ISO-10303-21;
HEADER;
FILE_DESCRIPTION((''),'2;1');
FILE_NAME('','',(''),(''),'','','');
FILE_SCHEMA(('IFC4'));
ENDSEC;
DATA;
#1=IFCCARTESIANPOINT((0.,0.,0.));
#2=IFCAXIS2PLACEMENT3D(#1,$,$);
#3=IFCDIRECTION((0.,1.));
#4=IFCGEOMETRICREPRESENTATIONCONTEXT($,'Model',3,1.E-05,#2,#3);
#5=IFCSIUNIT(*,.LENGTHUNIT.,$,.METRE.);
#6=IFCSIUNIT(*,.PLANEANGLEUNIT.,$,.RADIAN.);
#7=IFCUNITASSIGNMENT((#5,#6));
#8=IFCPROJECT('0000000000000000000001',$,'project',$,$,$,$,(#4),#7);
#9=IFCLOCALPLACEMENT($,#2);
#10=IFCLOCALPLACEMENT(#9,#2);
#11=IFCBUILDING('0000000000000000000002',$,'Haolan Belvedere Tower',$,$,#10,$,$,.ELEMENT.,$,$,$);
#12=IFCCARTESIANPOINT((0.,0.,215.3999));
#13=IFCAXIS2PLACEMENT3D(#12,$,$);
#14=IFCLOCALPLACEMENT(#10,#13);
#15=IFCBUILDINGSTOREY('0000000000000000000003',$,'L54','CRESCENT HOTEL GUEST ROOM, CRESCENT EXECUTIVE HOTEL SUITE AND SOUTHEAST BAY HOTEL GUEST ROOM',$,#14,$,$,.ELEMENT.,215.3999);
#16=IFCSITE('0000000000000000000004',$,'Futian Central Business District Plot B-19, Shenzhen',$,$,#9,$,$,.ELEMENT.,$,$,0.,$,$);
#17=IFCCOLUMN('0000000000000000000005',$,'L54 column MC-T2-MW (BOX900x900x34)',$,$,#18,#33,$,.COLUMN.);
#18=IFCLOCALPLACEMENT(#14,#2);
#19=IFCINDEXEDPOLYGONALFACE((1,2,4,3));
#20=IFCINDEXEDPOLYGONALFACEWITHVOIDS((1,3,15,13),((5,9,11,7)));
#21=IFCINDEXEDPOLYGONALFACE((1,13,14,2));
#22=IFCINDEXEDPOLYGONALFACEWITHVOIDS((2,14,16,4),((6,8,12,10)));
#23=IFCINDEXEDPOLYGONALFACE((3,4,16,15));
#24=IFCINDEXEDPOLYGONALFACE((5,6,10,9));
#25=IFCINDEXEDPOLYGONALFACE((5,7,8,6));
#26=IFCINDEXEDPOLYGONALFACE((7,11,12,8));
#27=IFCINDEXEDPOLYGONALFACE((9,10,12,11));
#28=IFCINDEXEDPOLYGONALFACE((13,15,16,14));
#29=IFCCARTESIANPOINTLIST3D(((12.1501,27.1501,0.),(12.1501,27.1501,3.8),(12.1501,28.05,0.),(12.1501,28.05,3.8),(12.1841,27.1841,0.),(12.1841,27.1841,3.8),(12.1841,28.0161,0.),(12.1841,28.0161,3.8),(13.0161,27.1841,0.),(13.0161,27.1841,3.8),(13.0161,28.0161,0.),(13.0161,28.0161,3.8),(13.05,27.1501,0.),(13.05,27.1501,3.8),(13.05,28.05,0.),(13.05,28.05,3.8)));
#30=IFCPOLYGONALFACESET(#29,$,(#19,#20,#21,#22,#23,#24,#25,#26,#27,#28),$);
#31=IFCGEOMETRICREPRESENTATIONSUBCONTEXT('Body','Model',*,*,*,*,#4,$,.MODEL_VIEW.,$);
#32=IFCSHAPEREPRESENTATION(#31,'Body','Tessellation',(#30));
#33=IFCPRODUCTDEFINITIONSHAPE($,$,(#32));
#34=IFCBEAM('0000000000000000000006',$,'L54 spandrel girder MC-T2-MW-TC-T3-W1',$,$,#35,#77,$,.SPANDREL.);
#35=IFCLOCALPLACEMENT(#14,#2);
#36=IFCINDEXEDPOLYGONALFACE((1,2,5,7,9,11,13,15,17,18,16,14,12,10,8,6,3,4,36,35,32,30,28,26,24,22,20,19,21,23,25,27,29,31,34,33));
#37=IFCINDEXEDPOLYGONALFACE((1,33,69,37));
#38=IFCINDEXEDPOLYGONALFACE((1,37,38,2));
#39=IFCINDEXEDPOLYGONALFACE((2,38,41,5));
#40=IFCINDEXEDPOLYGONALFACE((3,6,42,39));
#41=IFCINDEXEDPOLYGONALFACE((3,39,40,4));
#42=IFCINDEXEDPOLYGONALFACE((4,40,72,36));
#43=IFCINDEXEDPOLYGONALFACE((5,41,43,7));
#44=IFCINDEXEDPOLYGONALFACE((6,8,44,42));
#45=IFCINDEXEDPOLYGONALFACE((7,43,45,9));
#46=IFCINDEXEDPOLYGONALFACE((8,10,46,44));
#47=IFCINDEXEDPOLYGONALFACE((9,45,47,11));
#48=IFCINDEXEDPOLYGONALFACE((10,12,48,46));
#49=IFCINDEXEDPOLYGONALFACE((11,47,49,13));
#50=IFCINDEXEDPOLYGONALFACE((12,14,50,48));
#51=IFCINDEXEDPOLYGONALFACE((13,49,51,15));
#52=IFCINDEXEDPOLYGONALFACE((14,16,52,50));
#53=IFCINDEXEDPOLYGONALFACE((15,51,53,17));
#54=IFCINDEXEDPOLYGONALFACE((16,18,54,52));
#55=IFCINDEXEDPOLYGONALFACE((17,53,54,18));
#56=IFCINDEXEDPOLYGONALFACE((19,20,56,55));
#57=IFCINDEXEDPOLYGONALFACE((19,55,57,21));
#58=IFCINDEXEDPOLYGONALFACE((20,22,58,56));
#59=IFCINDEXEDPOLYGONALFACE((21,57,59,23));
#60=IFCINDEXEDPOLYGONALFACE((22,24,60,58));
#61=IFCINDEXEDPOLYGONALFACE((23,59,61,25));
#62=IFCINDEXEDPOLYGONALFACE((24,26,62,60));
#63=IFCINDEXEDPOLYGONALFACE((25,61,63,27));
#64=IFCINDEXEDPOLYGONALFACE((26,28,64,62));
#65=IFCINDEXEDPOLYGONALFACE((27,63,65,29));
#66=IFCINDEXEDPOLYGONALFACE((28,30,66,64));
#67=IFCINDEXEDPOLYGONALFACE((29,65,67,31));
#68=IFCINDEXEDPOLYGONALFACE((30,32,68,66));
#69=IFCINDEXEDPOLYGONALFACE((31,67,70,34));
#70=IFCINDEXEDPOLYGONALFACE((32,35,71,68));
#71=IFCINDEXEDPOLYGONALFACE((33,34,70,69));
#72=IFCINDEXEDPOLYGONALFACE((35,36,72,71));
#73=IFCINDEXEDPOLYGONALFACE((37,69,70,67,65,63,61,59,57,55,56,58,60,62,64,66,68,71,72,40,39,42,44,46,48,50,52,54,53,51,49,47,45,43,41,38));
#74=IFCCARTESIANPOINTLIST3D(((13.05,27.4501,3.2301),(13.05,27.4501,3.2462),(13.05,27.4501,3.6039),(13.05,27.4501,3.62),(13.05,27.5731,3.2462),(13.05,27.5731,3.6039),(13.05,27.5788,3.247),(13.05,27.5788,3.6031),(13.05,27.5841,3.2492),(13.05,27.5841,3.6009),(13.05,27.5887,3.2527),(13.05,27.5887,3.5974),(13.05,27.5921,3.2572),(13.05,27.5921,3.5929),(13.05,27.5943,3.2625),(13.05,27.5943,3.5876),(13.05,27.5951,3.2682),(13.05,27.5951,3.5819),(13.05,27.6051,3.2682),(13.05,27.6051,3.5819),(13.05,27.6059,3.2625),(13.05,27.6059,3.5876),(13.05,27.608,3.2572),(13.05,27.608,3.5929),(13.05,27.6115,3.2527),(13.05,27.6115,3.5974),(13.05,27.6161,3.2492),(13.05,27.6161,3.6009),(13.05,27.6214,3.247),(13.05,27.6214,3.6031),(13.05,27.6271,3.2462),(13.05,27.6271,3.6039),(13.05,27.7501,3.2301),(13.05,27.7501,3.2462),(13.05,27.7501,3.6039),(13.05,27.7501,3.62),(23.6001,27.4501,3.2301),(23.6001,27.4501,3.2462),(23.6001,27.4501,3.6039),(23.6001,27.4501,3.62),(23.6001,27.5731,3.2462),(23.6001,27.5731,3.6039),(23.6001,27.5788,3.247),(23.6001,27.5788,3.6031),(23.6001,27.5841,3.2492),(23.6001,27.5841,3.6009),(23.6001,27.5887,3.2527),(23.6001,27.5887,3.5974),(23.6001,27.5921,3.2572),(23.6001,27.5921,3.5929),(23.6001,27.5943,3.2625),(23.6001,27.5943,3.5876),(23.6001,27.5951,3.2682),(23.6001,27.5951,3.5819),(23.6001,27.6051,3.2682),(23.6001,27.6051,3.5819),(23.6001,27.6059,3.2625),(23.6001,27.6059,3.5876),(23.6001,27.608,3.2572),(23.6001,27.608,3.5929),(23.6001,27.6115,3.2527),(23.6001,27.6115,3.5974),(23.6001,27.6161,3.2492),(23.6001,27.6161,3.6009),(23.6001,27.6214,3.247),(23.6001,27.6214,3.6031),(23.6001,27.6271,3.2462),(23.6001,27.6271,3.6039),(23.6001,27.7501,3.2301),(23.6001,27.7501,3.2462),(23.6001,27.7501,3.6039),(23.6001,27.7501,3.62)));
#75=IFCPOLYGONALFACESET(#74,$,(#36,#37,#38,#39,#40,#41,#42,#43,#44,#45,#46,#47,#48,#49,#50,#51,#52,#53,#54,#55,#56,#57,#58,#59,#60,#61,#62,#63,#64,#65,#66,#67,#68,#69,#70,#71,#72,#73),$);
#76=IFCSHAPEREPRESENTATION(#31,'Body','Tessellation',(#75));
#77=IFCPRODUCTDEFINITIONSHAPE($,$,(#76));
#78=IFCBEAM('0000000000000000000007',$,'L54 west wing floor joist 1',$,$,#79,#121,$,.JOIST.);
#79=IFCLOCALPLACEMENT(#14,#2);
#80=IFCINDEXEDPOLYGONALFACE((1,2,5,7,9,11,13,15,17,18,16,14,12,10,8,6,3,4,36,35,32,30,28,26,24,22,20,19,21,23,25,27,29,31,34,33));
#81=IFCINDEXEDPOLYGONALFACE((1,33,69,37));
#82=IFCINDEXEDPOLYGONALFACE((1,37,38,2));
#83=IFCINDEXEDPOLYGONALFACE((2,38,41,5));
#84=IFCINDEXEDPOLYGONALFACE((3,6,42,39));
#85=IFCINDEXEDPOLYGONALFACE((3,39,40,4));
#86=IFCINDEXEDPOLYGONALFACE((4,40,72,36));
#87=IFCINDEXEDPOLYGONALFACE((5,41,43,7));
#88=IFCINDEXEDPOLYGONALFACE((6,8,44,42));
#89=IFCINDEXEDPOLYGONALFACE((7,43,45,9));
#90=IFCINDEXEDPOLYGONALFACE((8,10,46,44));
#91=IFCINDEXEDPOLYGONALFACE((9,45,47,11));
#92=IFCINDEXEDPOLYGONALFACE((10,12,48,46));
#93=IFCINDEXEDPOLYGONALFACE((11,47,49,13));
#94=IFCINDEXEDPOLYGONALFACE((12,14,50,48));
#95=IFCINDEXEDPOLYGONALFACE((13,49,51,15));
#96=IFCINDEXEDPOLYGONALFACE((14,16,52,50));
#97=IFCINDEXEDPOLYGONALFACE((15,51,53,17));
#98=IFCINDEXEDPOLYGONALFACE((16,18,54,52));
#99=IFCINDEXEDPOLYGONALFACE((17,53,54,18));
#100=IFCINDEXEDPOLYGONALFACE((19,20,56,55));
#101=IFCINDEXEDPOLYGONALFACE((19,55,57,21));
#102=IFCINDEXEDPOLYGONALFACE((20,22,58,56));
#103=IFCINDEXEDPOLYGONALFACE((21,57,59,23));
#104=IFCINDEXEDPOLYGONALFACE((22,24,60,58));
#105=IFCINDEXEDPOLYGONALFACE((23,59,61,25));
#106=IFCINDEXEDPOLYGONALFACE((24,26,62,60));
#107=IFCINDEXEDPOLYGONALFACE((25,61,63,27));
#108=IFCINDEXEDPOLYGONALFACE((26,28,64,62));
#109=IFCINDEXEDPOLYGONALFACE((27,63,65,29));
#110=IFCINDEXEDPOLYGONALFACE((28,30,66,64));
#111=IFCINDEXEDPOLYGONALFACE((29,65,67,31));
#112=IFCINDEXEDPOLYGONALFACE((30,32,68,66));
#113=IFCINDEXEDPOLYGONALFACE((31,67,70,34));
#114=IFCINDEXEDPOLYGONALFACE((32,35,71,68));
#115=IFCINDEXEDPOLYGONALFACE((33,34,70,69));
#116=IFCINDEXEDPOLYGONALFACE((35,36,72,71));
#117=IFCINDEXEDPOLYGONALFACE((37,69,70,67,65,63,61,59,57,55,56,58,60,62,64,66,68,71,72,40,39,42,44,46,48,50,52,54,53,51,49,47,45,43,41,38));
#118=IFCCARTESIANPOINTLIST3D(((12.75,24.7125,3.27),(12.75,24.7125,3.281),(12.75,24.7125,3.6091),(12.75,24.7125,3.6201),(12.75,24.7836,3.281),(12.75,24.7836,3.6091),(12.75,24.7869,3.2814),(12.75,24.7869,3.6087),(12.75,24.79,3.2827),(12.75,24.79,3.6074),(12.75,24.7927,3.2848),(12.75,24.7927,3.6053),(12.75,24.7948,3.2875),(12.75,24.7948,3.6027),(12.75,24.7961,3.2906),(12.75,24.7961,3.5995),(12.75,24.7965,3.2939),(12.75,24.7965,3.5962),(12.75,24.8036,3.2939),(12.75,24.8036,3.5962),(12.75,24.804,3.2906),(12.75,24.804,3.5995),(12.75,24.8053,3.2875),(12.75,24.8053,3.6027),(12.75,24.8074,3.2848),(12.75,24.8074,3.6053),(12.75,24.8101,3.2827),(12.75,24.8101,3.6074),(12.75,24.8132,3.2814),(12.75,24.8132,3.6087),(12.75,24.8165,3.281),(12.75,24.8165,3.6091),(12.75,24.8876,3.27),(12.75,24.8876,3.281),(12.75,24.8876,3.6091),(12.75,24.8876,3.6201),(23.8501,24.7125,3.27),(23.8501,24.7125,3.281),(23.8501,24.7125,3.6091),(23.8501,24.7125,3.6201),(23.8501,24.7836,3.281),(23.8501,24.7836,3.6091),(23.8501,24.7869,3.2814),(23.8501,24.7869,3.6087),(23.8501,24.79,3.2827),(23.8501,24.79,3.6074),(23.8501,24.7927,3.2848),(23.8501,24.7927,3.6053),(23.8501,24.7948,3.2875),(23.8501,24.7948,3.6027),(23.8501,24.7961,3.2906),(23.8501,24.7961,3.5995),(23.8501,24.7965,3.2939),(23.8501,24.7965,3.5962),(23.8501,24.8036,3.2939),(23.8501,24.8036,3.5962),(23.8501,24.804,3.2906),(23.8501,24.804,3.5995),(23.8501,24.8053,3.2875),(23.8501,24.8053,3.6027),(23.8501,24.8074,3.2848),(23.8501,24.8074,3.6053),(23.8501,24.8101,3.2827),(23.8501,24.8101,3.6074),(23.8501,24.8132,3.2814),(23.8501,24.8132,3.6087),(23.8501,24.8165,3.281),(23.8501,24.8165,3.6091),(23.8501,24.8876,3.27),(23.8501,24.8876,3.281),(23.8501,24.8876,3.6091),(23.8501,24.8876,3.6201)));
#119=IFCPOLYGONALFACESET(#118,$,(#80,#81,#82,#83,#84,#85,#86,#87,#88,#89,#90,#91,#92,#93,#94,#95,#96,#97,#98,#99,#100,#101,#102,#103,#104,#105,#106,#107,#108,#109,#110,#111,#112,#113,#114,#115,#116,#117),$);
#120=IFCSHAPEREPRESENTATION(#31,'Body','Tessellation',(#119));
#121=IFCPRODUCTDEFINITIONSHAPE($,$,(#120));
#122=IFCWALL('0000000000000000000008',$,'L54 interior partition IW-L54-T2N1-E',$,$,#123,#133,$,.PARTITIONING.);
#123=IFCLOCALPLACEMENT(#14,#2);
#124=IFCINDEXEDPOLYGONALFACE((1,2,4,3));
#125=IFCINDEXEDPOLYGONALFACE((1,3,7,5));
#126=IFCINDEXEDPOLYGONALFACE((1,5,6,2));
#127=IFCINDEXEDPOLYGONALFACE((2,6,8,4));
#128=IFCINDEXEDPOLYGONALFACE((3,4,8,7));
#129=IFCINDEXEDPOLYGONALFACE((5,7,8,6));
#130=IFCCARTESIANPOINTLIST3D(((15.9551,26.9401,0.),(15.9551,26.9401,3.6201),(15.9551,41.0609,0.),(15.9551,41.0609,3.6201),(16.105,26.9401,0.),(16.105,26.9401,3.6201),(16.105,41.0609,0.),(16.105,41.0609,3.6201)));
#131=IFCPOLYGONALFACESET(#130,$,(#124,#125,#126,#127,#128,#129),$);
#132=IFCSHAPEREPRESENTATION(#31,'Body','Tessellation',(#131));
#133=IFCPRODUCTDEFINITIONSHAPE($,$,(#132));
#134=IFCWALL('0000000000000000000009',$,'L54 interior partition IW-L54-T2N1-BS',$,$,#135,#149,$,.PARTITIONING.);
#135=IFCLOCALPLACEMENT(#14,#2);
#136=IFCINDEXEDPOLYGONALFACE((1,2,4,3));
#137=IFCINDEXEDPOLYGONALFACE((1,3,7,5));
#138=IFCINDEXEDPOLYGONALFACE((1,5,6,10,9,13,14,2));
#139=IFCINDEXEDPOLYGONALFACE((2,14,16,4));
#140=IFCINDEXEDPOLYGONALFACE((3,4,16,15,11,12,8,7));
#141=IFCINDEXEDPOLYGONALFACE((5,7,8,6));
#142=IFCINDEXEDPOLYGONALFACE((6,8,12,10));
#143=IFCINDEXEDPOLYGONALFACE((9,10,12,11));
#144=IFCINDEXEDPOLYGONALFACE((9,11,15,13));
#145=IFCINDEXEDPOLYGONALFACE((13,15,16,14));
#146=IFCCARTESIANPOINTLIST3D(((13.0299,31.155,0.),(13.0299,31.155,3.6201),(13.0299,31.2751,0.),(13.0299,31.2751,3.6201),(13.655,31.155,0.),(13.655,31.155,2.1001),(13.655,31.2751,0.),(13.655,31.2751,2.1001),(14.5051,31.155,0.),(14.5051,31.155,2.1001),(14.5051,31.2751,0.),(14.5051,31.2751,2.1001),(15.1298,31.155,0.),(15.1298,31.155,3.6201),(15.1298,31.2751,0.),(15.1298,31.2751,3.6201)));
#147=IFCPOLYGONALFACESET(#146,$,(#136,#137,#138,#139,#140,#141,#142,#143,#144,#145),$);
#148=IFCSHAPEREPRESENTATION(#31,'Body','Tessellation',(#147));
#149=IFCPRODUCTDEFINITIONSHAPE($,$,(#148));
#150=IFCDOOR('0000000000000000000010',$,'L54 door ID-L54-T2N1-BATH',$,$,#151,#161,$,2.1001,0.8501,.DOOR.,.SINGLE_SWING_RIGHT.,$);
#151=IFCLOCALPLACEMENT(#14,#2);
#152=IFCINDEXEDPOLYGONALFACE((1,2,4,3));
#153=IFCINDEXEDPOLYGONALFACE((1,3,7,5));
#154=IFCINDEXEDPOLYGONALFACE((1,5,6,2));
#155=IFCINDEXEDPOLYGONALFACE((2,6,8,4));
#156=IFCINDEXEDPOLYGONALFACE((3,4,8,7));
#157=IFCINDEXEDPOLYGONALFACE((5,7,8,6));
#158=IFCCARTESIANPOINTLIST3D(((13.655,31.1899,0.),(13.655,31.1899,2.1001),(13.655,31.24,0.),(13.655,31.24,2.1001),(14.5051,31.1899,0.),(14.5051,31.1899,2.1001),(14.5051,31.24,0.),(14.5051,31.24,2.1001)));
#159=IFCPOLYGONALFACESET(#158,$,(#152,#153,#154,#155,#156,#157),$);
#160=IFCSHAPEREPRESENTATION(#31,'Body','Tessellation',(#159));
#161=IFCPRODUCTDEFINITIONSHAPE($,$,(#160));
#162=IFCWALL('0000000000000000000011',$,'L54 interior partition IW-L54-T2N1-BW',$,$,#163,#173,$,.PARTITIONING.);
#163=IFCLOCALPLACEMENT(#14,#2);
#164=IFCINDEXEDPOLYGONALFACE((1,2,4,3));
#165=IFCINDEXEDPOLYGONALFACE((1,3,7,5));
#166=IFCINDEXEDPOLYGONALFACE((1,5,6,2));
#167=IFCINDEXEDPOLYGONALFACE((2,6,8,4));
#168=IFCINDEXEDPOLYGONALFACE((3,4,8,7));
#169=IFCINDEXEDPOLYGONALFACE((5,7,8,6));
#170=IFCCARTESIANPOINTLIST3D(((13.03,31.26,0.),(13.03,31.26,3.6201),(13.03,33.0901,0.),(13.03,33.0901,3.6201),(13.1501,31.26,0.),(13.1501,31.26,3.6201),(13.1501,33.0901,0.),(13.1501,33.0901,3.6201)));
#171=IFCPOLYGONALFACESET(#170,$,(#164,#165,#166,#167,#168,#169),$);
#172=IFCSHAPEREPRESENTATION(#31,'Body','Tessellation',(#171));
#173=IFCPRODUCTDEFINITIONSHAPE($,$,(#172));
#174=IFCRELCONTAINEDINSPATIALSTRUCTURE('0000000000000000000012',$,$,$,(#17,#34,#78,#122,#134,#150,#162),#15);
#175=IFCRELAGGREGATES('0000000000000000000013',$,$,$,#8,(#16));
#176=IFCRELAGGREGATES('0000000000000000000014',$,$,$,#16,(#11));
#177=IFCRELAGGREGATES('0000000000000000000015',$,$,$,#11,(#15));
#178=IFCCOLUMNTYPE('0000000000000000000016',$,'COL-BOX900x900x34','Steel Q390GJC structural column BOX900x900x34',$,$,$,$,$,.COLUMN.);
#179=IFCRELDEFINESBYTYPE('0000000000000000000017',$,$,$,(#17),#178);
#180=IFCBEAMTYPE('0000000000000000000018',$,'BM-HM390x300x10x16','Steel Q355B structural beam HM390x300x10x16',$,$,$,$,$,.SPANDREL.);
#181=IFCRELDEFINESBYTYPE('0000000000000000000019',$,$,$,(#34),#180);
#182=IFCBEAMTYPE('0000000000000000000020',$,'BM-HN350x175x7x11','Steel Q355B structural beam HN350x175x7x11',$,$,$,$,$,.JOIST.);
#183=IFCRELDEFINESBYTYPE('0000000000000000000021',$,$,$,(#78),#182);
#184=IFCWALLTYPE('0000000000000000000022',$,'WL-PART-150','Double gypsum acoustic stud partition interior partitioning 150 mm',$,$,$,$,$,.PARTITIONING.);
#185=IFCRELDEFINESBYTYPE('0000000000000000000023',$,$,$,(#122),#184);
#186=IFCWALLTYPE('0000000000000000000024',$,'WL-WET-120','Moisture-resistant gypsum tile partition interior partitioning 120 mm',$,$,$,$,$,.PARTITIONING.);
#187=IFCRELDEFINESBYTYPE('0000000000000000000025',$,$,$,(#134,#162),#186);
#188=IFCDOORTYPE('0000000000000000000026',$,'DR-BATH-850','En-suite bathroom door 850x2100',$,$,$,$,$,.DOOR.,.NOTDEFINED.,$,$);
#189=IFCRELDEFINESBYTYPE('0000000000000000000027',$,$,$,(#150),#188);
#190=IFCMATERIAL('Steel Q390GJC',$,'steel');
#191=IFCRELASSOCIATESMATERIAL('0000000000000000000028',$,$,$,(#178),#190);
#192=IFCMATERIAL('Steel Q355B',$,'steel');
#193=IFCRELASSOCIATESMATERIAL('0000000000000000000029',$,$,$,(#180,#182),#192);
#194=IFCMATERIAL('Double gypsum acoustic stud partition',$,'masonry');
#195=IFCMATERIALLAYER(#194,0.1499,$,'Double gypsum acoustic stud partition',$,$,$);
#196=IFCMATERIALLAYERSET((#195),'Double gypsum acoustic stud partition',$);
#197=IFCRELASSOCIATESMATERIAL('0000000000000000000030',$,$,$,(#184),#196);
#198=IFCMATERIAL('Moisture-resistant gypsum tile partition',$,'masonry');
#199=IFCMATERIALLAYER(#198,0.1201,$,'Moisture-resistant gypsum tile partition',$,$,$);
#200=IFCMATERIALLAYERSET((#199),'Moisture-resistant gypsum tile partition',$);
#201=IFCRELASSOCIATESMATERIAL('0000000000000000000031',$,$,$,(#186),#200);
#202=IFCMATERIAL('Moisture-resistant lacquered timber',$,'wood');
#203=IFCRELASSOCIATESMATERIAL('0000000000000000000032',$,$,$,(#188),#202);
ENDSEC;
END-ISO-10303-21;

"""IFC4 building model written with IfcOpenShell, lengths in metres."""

from ifc_helpers import new_model, si_unit, direction, frame, frame_2d, origin, origin_2d, place, context, subcontext, project, spatial, rectangle, hollow_rectangle, i_section, extrude, material, layer, layer_set, material_profile, profile_set, type_object, element, fill, save


model = new_model("IFC4")

# Units and contexts
model_context = context("Model", 3, precision=1e-05, world=origin(), true_north=direction((0.0, 1.0)))
body_context = subcontext(model_context, "Body", "Model", "MODEL_VIEW")
ifc_project = project(units=[si_unit("LENGTHUNIT", "METRE"), si_unit("PLANEANGLEUNIT", "RADIAN")], contexts=[model_context])

# Site, building, storey
site_placement = place(None, origin())
site = spatial("IfcSite", under=ifc_project, at=site_placement, Name="Futian Central Business District Plot B-19, Shenzhen", CompositionType="ELEMENT", RefElevation=0.0)
building_placement = place(site_placement, origin())
building = spatial("IfcBuilding", under=site, at=building_placement, Name="Haolan Belvedere Tower", CompositionType="ELEMENT")
storey_placement = place(building_placement, frame((0.0, 0.0, 215.3999)))
storey = spatial("IfcBuildingStorey", under=building, at=storey_placement, Name="L54", Description="CRESCENT HOTEL GUEST ROOM, CRESCENT EXECUTIVE HOTEL SUITE AND SOUTHEAST BAY HOTEL GUEST ROOM", CompositionType="ELEMENT", Elevation=215.3999)

# Column
ifc_material_1 = material(Name="Steel Q390GJC", Category="steel")
ifc_material_profile_1 = material_profile(ifc_material_1, hollow_rectangle(XDim=0.8999, YDim=0.8999, WallThickness=0.0339, at=origin_2d()), Name="Steel Q390GJC")
ifc_profile_set_1 = profile_set([ifc_material_profile_1], Name="Steel Q390GJC")
column_type = type_object("IfcColumnType", Name="COL-BOX900x900x34", Description="Steel Q390GJC structural column BOX900x900x34", PredefinedType="COLUMN", material=ifc_profile_set_1)
column_placement = place(storey_placement, frame((12.6001, 27.6001, 0.0), z_axis=(0.0, 0.0, 1.0), x_axis=(1.0, 0.0, 0.0)))
element("IfcColumn", 1, at=column_placement, inside=storey, type_object=column_type, Name="L54 column MC-T2-MW (BOX900x900x34)", PredefinedType="COLUMN", context=body_context, shape_type="SweptSolid", body=[
    extrude(hollow_rectangle(XDim=0.8999, YDim=0.8999, WallThickness=0.0339, at=origin_2d()), origin(), (0.0, 0.0, 1.0), 3.8),
])

# Beams
ifc_material_2 = material(Name="Steel Q355B", Category="steel")
ifc_material_profile_2 = material_profile(ifc_material_2, i_section(OverallWidth=0.3, OverallDepth=0.3899, WebThickness=0.01, FlangeThickness=0.0161, FilletRadius=0.022, at=origin_2d()), Name="Steel Q355B")
ifc_profile_set_2 = profile_set([ifc_material_profile_2], Name="Steel Q355B")
beam_type_1 = type_object("IfcBeamType", Name="BM-HM390x300x10x16", Description="Steel Q355B structural beam HM390x300x10x16", PredefinedType="SPANDREL", material=ifc_profile_set_2)
beam_1_placement = place(storey_placement, frame((13.05, 27.6001, 3.425), z_axis=(1.0, 0.0, 0.0), x_axis=(0.0, 1.0, 0.0)))
element("IfcBeam", 2, at=beam_1_placement, inside=storey, type_object=beam_type_1, Name="L54 spandrel girder MC-T2-MW-TC-T3-W1", PredefinedType="SPANDREL", context=body_context, shape_type="SweptSolid", body=[
    extrude(i_section(OverallWidth=0.3, OverallDepth=0.3899, WebThickness=0.01, FlangeThickness=0.0161, FilletRadius=0.022, at=origin_2d()), origin(), (0.0, 0.0, 1.0), 10.55),
])
ifc_material_profile_3 = material_profile(ifc_material_2, i_section(OverallWidth=0.175, OverallDepth=0.3501, WebThickness=0.0071, FlangeThickness=0.011, FilletRadius=0.0129, at=origin_2d()), Name="Steel Q355B")
ifc_profile_set_3 = profile_set([ifc_material_profile_3], Name="Steel Q355B")
beam_type_2 = type_object("IfcBeamType", Name="BM-HN350x175x7x11", Description="Steel Q355B structural beam HN350x175x7x11", PredefinedType="JOIST", material=ifc_profile_set_3)
beam_2_placement = place(storey_placement, frame((12.75, 24.8, 3.4451), z_axis=(1.0, 0.0, 0.0), x_axis=(0.0, 1.0, 0.0)))
element("IfcBeam", 3, at=beam_2_placement, inside=storey, type_object=beam_type_2, Name="L54 west wing floor joist 1", PredefinedType="JOIST", context=body_context, shape_type="SweptSolid", body=[
    extrude(i_section(OverallWidth=0.175, OverallDepth=0.3501, WebThickness=0.0071, FlangeThickness=0.011, FilletRadius=0.0129, at=origin_2d()), origin(), (0.0, 0.0, 1.0), 11.1001),
])

# Shared definitions
ifc_material_3 = material(Name="Double gypsum acoustic stud partition", Category="masonry")
ifc_layer_1 = layer(ifc_material_3, 0.1499, Name="Double gypsum acoustic stud partition")
ifc_layer_set_1 = layer_set([ifc_layer_1], Name="Double gypsum acoustic stud partition")
wall_type_1 = type_object("IfcWallType", Name="WL-PART-150", Description="Double gypsum acoustic stud partition interior partitioning 150 mm", PredefinedType="PARTITIONING", material=ifc_layer_set_1)

# Wall
wall_1_placement = place(storey_placement, frame((16.03, 26.9399, 0.0), z_axis=(0.0, 0.0, 1.0), x_axis=(0.0, 1.0, 0.0)))
element("IfcWall", 4, at=wall_1_placement, inside=storey, type_object=wall_type_1, Name="L54 interior partition IW-L54-T2N1-E", PredefinedType="PARTITIONING", context=body_context, shape_type="SweptSolid", body=[
    extrude(rectangle(XDim=14.1208, YDim=0.1499, at=frame_2d((7.0605, 0.0))), origin(), (0.0, 0.0, 1.0), 3.6201),
])

# Wall, opening, door
ifc_material_4 = material(Name="Moisture-resistant gypsum tile partition", Category="masonry")
ifc_layer_2 = layer(ifc_material_4, 0.1201, Name="Moisture-resistant gypsum tile partition")
ifc_layer_set_2 = layer_set([ifc_layer_2], Name="Moisture-resistant gypsum tile partition")
wall_type_2 = type_object("IfcWallType", Name="WL-WET-120", Description="Moisture-resistant gypsum tile partition interior partitioning 120 mm", PredefinedType="PARTITIONING", material=ifc_layer_set_2)
wall_2_placement = place(storey_placement, frame((13.03, 31.2151, 0.0), z_axis=(0.0, 0.0, 1.0), x_axis=(1.0, 0.0, 0.0)))
wall_2 = element("IfcWall", 5, at=wall_2_placement, inside=storey, type_object=wall_type_2, Name="L54 interior partition IW-L54-T2N1-BS", PredefinedType="PARTITIONING", context=body_context, shape_type="SweptSolid", body=[
    extrude(rectangle(XDim=2.0999, YDim=0.1201, at=frame_2d((1.0498, 0.0))), origin(), (0.0, 0.0, 1.0), 3.6201),
])
opening_1_placement = place(wall_2_placement, frame((0.625, 0.0, 0.0)))
opening_1 = element("IfcOpeningElement", 6, at=opening_1_placement, cuts=wall_2, PredefinedType="OPENING", context=body_context, shape_type="SweptSolid", body=[
    extrude(rectangle(XDim=0.8501, YDim=2.1001, at=frame_2d((0.425, 1.05))), frame((0.0, 0.0701, 0.0), z_axis=(0.0, -1.0, 0.0), x_axis=(1.0, 0.0, 0.0)), (0.0, 0.0, 1.0), 0.1401),
])
ifc_material_5 = material(Name="Moisture-resistant lacquered timber", Category="wood")
door_type_1 = type_object("IfcDoorType", Name="DR-BATH-850", Description="En-suite bathroom door 850x2100", OperationType="NOTDEFINED", PredefinedType="DOOR", material=ifc_material_5)
door_1_placement = place(opening_1_placement, origin())
door_1 = element("IfcDoor", 7, at=door_1_placement, inside=storey, type_object=door_type_1, Name="L54 door ID-L54-T2N1-BATH", OperationType="SINGLE_SWING_RIGHT", OverallHeight=2.1001, OverallWidth=0.8501, PredefinedType="DOOR", context=body_context, shape_type="SweptSolid", body=[
    extrude(rectangle(XDim=0.8501, YDim=2.1001, at=frame_2d((0.425, 1.05))), frame((0.0, 0.0249, 0.0), z_axis=(0.0, -1.0, 0.0), x_axis=(1.0, 0.0, 0.0)), (0.0, 0.0, 1.0), 0.05),
])
fill(opening_1, door_1)

# Wall
wall_3_placement = place(storey_placement, frame((13.0901, 31.26, 0.0), z_axis=(0.0, 0.0, 1.0), x_axis=(0.0, 1.0, 0.0)))
element("IfcWall", 8, at=wall_3_placement, inside=storey, type_object=wall_type_2, Name="L54 interior partition IW-L54-T2N1-BW", PredefinedType="PARTITIONING", context=body_context, shape_type="SweptSolid", body=[
    extrude(rectangle(XDim=1.8301, YDim=0.1201, at=frame_2d((0.915, 0.0))), origin(), (0.0, 0.0, 1.0), 3.6201),
])

save(model, "model.ifc")
